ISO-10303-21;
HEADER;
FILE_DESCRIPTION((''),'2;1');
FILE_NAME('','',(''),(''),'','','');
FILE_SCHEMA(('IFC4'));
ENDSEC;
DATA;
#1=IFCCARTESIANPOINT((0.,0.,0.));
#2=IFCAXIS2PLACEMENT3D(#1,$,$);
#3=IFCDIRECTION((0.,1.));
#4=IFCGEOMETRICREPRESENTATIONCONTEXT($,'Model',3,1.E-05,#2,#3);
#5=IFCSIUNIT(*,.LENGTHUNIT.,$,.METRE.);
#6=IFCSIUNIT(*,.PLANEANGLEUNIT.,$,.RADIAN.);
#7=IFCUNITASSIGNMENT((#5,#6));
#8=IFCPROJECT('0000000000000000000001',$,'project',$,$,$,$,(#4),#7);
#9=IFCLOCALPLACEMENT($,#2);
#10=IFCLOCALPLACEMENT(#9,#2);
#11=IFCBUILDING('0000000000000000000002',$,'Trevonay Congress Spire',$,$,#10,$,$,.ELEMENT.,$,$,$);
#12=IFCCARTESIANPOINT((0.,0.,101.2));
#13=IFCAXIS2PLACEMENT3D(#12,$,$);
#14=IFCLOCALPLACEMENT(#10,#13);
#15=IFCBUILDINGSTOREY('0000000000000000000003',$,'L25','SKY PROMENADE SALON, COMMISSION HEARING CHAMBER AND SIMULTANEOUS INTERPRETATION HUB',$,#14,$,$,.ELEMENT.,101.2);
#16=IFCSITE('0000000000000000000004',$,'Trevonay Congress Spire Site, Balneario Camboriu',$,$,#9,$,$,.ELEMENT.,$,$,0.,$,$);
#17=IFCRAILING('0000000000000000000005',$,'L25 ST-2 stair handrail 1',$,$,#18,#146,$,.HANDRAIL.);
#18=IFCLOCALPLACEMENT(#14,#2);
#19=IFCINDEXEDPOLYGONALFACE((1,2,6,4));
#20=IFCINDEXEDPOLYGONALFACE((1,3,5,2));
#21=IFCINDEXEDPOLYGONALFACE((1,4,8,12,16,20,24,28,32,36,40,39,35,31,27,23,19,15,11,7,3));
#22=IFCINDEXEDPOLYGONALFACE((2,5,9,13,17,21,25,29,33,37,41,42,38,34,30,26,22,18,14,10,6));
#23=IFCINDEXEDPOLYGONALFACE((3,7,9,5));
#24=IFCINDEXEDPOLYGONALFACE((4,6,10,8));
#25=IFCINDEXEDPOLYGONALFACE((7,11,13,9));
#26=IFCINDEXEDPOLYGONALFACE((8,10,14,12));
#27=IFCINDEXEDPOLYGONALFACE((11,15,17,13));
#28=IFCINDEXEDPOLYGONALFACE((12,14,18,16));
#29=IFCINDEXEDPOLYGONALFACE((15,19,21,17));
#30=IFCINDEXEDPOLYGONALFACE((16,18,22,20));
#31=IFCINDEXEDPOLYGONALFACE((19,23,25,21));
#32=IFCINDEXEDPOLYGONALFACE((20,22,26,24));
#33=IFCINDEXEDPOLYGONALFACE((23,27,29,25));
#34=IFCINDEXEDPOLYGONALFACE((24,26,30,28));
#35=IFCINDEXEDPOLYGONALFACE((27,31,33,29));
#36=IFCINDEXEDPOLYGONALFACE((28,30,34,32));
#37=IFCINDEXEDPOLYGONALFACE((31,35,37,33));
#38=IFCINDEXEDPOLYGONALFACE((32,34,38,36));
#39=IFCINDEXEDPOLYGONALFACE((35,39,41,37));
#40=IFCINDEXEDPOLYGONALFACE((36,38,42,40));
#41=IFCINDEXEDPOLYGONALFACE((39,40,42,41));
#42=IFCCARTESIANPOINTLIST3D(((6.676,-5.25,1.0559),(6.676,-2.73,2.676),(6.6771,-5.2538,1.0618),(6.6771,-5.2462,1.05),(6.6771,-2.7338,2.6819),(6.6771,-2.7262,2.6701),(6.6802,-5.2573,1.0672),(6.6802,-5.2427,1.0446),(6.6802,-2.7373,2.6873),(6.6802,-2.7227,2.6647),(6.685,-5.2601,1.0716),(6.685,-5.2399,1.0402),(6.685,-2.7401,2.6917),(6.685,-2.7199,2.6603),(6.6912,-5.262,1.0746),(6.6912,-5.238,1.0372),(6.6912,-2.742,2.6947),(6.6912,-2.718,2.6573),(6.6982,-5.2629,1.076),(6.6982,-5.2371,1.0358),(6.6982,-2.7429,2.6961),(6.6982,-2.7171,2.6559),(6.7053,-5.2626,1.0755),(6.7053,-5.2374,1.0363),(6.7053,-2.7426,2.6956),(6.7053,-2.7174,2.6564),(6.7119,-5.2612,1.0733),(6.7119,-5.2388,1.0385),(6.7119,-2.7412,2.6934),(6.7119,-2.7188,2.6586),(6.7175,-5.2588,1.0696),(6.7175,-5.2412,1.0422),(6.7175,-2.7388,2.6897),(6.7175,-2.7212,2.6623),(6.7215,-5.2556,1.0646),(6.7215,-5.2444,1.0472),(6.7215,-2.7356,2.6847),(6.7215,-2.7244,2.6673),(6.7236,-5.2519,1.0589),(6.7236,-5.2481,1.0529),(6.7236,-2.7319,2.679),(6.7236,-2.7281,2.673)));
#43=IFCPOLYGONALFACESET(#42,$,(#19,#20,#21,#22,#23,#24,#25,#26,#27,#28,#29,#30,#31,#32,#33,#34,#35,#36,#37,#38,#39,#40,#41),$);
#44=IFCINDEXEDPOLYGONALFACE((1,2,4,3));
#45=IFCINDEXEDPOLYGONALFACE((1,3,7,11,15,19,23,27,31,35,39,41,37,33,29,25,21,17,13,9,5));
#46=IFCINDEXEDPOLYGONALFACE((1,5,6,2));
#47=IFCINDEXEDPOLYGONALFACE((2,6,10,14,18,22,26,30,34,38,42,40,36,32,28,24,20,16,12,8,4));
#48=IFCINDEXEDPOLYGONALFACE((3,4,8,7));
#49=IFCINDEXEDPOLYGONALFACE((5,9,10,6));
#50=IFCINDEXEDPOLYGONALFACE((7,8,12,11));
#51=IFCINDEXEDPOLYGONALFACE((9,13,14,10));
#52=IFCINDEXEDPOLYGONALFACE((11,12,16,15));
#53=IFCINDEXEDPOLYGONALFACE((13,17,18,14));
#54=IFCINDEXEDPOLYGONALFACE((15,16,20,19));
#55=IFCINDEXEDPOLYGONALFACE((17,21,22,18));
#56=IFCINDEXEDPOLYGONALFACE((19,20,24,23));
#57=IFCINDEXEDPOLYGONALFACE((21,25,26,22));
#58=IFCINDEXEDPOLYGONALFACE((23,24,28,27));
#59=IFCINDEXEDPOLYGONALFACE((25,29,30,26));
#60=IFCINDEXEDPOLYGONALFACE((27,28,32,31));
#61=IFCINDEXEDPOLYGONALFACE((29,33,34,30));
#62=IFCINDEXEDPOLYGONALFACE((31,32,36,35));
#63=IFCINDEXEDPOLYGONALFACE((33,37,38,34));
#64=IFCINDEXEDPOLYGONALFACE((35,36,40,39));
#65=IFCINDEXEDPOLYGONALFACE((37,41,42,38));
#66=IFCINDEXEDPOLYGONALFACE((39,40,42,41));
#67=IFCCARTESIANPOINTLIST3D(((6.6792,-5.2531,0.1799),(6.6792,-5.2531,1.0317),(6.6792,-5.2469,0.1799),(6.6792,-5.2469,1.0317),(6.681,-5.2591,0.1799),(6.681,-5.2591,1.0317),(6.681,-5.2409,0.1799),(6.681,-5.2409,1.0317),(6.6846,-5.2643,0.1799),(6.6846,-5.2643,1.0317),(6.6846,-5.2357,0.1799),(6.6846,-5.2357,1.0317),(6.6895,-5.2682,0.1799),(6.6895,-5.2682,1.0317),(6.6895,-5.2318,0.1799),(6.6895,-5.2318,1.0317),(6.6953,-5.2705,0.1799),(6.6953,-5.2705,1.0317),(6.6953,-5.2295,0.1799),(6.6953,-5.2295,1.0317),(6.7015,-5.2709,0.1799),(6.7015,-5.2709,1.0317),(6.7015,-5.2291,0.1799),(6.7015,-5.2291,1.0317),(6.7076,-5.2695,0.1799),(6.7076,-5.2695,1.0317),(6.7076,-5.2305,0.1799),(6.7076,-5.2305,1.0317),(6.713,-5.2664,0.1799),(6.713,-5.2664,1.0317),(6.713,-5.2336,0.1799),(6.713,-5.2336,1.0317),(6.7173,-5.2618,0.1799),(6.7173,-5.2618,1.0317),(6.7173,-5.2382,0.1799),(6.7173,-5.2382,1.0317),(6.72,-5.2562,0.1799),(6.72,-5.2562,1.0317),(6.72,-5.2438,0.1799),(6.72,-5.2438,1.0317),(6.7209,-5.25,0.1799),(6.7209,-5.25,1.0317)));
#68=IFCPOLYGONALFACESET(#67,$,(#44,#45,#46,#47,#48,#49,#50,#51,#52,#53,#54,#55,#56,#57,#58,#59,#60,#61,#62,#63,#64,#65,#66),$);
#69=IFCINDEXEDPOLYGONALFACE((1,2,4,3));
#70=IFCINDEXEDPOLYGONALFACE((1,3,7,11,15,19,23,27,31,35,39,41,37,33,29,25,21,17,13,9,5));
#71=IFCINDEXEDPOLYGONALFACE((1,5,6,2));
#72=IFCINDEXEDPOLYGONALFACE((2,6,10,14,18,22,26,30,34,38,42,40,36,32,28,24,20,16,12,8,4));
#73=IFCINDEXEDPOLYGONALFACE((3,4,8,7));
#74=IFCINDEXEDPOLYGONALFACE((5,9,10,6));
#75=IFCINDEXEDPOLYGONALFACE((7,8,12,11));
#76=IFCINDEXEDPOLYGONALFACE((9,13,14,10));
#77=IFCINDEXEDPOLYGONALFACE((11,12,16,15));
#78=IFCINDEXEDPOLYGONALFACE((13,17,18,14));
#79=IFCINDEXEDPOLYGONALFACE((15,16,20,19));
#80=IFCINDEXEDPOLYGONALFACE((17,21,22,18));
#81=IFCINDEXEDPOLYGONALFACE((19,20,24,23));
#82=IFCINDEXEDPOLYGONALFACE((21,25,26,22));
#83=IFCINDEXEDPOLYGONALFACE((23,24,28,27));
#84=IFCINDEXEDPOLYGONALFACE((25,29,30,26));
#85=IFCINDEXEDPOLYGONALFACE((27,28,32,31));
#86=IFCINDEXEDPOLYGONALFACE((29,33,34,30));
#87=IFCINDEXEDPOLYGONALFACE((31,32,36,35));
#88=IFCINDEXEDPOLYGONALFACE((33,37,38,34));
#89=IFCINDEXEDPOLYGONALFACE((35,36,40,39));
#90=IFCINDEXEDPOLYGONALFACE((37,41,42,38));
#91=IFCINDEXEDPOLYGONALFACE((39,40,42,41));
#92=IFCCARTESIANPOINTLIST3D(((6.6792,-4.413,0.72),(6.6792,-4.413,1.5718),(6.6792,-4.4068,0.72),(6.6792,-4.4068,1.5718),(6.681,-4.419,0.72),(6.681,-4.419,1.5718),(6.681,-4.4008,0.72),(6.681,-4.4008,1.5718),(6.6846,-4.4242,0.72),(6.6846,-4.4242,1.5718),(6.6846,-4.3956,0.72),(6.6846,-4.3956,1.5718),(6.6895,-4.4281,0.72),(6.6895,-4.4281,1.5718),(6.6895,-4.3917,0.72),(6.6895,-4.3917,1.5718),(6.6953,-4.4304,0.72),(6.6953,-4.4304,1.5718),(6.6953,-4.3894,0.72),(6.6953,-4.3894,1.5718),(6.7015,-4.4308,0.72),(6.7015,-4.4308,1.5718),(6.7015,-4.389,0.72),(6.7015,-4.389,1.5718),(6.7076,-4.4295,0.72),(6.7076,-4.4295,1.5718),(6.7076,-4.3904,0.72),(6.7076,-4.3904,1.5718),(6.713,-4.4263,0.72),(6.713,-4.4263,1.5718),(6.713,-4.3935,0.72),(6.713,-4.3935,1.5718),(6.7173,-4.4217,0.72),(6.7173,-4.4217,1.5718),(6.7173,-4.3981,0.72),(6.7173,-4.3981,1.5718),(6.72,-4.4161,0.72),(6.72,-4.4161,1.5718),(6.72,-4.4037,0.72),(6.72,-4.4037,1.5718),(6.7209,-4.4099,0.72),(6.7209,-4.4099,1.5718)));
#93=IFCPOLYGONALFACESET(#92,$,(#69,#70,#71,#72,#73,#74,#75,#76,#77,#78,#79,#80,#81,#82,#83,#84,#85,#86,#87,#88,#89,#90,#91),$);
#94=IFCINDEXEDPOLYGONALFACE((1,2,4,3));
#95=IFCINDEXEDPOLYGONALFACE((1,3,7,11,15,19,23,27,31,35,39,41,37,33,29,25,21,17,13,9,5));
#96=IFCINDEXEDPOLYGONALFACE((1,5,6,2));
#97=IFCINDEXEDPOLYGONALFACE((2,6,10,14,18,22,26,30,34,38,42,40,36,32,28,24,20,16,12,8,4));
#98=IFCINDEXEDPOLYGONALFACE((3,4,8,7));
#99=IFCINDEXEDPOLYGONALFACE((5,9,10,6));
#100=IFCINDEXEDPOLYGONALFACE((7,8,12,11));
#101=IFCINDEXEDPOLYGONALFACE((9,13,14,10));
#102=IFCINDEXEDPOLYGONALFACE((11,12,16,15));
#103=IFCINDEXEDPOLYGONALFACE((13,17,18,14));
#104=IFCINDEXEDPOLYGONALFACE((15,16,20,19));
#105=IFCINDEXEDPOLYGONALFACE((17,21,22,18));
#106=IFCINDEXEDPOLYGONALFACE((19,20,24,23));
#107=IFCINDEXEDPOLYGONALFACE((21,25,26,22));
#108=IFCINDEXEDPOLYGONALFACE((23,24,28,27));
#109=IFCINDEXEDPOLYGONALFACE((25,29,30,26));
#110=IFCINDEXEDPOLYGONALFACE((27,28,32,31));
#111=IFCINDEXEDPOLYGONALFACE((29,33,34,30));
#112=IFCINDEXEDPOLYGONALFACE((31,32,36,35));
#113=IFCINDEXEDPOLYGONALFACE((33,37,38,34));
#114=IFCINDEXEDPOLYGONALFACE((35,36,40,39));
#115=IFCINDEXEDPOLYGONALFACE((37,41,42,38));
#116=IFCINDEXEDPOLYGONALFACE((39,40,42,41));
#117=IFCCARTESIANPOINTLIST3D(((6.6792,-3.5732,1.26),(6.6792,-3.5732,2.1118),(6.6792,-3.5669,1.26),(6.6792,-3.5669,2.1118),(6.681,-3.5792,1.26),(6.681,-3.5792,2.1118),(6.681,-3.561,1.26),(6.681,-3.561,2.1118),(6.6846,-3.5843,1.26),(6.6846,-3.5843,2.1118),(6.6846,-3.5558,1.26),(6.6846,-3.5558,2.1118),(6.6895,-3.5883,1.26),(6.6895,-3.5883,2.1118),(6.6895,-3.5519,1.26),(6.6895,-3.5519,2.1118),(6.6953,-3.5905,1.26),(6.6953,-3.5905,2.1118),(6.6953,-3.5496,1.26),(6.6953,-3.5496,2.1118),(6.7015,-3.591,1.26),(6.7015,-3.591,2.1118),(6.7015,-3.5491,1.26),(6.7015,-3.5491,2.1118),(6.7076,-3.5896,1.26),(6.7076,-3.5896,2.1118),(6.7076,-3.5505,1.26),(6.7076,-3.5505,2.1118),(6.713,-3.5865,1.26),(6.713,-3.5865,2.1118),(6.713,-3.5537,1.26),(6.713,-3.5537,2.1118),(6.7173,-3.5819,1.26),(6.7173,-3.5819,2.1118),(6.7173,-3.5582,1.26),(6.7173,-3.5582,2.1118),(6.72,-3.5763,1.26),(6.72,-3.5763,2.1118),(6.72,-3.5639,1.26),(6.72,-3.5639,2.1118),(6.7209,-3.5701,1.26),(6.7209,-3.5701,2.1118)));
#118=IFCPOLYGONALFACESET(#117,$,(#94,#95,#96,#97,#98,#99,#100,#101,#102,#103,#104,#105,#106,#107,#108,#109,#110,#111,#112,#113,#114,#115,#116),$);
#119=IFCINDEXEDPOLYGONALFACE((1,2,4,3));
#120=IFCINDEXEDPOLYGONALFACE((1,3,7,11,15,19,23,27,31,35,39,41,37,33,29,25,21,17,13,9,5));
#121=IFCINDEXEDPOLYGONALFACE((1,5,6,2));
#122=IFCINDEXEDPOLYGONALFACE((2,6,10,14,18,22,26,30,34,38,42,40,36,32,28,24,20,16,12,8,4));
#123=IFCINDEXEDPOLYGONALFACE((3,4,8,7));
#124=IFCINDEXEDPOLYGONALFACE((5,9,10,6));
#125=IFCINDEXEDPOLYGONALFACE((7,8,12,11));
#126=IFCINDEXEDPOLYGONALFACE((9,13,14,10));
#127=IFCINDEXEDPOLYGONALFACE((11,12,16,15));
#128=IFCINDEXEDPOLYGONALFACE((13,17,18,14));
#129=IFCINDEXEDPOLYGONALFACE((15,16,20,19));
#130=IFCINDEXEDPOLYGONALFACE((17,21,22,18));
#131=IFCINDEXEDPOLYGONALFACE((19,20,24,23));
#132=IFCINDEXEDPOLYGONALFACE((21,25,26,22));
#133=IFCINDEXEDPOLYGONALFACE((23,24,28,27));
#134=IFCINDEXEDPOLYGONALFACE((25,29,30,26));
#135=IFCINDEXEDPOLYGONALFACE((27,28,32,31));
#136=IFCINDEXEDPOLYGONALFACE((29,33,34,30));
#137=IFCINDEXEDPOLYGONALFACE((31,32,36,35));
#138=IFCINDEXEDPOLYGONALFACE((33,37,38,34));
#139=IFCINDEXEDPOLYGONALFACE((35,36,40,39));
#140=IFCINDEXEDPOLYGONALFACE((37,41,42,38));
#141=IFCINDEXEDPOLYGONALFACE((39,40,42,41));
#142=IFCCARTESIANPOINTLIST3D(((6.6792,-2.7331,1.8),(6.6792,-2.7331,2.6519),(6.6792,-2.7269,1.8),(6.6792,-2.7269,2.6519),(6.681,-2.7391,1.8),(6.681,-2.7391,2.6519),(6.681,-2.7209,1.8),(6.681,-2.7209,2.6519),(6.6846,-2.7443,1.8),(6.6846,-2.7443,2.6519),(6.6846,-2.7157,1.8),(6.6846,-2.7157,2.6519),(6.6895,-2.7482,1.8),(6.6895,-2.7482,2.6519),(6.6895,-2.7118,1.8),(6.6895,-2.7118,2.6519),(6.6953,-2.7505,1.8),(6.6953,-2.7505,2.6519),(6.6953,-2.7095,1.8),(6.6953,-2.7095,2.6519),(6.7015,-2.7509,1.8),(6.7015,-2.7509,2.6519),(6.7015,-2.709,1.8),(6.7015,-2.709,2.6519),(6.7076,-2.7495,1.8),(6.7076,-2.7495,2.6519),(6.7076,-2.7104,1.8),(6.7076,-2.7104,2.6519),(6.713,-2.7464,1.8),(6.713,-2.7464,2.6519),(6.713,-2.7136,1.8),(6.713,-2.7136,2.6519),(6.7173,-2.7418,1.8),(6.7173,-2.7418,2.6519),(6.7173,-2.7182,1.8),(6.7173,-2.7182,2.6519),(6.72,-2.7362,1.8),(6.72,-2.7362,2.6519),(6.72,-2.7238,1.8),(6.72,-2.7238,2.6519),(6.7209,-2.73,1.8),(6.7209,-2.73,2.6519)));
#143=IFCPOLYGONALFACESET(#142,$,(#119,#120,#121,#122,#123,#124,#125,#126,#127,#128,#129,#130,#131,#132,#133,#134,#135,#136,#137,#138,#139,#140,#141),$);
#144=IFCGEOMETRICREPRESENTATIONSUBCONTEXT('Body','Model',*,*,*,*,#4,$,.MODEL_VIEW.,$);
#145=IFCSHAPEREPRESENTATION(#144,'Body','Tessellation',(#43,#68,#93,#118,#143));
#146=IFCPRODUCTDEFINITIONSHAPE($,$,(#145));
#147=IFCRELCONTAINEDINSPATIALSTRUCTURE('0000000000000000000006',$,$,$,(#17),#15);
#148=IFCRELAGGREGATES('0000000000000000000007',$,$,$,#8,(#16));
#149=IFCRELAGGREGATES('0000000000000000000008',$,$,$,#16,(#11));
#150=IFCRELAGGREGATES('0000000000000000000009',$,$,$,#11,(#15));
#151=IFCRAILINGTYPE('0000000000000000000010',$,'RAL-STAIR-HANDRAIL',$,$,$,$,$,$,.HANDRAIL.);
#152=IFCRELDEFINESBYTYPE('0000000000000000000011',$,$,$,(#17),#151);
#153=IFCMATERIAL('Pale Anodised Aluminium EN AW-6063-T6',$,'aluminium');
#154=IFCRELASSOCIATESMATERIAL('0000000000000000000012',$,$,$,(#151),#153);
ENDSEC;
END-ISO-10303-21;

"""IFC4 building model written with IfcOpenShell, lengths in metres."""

from ifc_helpers import new_model, si_unit, direction, frame, origin, origin_2d, place, context, subcontext, project, spatial, circle, extrude, material, type_object, element, save


model = new_model("IFC4")

# Units and contexts
model_context = context("Model", 3, precision=1e-05, world=origin(), true_north=direction((0.0, 1.0)))
body_context = subcontext(model_context, "Body", "Model", "MODEL_VIEW")
ifc_project = project(units=[si_unit("LENGTHUNIT", "METRE"), si_unit("PLANEANGLEUNIT", "RADIAN")], contexts=[model_context])

# Site, building, storey
site_placement = place(None, origin())
site = spatial("IfcSite", under=ifc_project, at=site_placement, Name="Trevonay Congress Spire Site, Balneario Camboriu", CompositionType="ELEMENT", RefElevation=0.0)
building_placement = place(site_placement, origin())
building = spatial("IfcBuilding", under=site, at=building_placement, Name="Trevonay Congress Spire", CompositionType="ELEMENT")
storey_placement = place(building_placement, frame((0.0, 0.0, 101.2)))
storey = spatial("IfcBuildingStorey", under=building, at=storey_placement, Name="L25", Description="SKY PROMENADE SALON, COMMISSION HEARING CHAMBER AND SIMULTANEOUS INTERPRETATION HUB", CompositionType="ELEMENT", Elevation=101.2)

# Shared definitions
ifc_material_1 = material(Name="Pale Anodised Aluminium EN AW-6063-T6", Category="aluminium")

# Railing
railing_type_1 = type_object("IfcRailingType", Name="RAL-STAIR-HANDRAIL", PredefinedType="HANDRAIL", material=ifc_material_1)
railing_1_placement = place(storey_placement, frame((6.7, -5.25, 0.1799)))
element("IfcRailing", 1, at=railing_1_placement, inside=storey, type_object=railing_type_1, Name="L25 ST-2 stair handrail 1", PredefinedType="HANDRAIL", context=body_context, shape_type="SweptSolid", body=[
    extrude(circle(Radius=0.0239, at=origin_2d()), frame((0.0, 0.0, 0.876), z_axis=(0.0, 0.841163, 0.540782), x_axis=(-1.0, 0.0, 0.0)), (0.0, 0.0, 1.0), 2.9958),
    extrude(circle(Radius=0.021, at=origin_2d()), origin(), (0.0, 0.0, 1.0), 0.8518),
    extrude(circle(Radius=0.021, at=origin_2d()), frame((0.0, 0.8401, 0.54)), (0.0, 0.0, 1.0), 0.8518),
    extrude(circle(Radius=0.021, at=origin_2d()), frame((0.0, 1.6799, 1.0801)), (0.0, 0.0, 1.0), 0.8518),
    extrude(circle(Radius=0.021, at=origin_2d()), frame((0.0, 2.52, 1.6201)), (0.0, 0.0, 1.0), 0.8518),
])

save(model, "model.ifc")
